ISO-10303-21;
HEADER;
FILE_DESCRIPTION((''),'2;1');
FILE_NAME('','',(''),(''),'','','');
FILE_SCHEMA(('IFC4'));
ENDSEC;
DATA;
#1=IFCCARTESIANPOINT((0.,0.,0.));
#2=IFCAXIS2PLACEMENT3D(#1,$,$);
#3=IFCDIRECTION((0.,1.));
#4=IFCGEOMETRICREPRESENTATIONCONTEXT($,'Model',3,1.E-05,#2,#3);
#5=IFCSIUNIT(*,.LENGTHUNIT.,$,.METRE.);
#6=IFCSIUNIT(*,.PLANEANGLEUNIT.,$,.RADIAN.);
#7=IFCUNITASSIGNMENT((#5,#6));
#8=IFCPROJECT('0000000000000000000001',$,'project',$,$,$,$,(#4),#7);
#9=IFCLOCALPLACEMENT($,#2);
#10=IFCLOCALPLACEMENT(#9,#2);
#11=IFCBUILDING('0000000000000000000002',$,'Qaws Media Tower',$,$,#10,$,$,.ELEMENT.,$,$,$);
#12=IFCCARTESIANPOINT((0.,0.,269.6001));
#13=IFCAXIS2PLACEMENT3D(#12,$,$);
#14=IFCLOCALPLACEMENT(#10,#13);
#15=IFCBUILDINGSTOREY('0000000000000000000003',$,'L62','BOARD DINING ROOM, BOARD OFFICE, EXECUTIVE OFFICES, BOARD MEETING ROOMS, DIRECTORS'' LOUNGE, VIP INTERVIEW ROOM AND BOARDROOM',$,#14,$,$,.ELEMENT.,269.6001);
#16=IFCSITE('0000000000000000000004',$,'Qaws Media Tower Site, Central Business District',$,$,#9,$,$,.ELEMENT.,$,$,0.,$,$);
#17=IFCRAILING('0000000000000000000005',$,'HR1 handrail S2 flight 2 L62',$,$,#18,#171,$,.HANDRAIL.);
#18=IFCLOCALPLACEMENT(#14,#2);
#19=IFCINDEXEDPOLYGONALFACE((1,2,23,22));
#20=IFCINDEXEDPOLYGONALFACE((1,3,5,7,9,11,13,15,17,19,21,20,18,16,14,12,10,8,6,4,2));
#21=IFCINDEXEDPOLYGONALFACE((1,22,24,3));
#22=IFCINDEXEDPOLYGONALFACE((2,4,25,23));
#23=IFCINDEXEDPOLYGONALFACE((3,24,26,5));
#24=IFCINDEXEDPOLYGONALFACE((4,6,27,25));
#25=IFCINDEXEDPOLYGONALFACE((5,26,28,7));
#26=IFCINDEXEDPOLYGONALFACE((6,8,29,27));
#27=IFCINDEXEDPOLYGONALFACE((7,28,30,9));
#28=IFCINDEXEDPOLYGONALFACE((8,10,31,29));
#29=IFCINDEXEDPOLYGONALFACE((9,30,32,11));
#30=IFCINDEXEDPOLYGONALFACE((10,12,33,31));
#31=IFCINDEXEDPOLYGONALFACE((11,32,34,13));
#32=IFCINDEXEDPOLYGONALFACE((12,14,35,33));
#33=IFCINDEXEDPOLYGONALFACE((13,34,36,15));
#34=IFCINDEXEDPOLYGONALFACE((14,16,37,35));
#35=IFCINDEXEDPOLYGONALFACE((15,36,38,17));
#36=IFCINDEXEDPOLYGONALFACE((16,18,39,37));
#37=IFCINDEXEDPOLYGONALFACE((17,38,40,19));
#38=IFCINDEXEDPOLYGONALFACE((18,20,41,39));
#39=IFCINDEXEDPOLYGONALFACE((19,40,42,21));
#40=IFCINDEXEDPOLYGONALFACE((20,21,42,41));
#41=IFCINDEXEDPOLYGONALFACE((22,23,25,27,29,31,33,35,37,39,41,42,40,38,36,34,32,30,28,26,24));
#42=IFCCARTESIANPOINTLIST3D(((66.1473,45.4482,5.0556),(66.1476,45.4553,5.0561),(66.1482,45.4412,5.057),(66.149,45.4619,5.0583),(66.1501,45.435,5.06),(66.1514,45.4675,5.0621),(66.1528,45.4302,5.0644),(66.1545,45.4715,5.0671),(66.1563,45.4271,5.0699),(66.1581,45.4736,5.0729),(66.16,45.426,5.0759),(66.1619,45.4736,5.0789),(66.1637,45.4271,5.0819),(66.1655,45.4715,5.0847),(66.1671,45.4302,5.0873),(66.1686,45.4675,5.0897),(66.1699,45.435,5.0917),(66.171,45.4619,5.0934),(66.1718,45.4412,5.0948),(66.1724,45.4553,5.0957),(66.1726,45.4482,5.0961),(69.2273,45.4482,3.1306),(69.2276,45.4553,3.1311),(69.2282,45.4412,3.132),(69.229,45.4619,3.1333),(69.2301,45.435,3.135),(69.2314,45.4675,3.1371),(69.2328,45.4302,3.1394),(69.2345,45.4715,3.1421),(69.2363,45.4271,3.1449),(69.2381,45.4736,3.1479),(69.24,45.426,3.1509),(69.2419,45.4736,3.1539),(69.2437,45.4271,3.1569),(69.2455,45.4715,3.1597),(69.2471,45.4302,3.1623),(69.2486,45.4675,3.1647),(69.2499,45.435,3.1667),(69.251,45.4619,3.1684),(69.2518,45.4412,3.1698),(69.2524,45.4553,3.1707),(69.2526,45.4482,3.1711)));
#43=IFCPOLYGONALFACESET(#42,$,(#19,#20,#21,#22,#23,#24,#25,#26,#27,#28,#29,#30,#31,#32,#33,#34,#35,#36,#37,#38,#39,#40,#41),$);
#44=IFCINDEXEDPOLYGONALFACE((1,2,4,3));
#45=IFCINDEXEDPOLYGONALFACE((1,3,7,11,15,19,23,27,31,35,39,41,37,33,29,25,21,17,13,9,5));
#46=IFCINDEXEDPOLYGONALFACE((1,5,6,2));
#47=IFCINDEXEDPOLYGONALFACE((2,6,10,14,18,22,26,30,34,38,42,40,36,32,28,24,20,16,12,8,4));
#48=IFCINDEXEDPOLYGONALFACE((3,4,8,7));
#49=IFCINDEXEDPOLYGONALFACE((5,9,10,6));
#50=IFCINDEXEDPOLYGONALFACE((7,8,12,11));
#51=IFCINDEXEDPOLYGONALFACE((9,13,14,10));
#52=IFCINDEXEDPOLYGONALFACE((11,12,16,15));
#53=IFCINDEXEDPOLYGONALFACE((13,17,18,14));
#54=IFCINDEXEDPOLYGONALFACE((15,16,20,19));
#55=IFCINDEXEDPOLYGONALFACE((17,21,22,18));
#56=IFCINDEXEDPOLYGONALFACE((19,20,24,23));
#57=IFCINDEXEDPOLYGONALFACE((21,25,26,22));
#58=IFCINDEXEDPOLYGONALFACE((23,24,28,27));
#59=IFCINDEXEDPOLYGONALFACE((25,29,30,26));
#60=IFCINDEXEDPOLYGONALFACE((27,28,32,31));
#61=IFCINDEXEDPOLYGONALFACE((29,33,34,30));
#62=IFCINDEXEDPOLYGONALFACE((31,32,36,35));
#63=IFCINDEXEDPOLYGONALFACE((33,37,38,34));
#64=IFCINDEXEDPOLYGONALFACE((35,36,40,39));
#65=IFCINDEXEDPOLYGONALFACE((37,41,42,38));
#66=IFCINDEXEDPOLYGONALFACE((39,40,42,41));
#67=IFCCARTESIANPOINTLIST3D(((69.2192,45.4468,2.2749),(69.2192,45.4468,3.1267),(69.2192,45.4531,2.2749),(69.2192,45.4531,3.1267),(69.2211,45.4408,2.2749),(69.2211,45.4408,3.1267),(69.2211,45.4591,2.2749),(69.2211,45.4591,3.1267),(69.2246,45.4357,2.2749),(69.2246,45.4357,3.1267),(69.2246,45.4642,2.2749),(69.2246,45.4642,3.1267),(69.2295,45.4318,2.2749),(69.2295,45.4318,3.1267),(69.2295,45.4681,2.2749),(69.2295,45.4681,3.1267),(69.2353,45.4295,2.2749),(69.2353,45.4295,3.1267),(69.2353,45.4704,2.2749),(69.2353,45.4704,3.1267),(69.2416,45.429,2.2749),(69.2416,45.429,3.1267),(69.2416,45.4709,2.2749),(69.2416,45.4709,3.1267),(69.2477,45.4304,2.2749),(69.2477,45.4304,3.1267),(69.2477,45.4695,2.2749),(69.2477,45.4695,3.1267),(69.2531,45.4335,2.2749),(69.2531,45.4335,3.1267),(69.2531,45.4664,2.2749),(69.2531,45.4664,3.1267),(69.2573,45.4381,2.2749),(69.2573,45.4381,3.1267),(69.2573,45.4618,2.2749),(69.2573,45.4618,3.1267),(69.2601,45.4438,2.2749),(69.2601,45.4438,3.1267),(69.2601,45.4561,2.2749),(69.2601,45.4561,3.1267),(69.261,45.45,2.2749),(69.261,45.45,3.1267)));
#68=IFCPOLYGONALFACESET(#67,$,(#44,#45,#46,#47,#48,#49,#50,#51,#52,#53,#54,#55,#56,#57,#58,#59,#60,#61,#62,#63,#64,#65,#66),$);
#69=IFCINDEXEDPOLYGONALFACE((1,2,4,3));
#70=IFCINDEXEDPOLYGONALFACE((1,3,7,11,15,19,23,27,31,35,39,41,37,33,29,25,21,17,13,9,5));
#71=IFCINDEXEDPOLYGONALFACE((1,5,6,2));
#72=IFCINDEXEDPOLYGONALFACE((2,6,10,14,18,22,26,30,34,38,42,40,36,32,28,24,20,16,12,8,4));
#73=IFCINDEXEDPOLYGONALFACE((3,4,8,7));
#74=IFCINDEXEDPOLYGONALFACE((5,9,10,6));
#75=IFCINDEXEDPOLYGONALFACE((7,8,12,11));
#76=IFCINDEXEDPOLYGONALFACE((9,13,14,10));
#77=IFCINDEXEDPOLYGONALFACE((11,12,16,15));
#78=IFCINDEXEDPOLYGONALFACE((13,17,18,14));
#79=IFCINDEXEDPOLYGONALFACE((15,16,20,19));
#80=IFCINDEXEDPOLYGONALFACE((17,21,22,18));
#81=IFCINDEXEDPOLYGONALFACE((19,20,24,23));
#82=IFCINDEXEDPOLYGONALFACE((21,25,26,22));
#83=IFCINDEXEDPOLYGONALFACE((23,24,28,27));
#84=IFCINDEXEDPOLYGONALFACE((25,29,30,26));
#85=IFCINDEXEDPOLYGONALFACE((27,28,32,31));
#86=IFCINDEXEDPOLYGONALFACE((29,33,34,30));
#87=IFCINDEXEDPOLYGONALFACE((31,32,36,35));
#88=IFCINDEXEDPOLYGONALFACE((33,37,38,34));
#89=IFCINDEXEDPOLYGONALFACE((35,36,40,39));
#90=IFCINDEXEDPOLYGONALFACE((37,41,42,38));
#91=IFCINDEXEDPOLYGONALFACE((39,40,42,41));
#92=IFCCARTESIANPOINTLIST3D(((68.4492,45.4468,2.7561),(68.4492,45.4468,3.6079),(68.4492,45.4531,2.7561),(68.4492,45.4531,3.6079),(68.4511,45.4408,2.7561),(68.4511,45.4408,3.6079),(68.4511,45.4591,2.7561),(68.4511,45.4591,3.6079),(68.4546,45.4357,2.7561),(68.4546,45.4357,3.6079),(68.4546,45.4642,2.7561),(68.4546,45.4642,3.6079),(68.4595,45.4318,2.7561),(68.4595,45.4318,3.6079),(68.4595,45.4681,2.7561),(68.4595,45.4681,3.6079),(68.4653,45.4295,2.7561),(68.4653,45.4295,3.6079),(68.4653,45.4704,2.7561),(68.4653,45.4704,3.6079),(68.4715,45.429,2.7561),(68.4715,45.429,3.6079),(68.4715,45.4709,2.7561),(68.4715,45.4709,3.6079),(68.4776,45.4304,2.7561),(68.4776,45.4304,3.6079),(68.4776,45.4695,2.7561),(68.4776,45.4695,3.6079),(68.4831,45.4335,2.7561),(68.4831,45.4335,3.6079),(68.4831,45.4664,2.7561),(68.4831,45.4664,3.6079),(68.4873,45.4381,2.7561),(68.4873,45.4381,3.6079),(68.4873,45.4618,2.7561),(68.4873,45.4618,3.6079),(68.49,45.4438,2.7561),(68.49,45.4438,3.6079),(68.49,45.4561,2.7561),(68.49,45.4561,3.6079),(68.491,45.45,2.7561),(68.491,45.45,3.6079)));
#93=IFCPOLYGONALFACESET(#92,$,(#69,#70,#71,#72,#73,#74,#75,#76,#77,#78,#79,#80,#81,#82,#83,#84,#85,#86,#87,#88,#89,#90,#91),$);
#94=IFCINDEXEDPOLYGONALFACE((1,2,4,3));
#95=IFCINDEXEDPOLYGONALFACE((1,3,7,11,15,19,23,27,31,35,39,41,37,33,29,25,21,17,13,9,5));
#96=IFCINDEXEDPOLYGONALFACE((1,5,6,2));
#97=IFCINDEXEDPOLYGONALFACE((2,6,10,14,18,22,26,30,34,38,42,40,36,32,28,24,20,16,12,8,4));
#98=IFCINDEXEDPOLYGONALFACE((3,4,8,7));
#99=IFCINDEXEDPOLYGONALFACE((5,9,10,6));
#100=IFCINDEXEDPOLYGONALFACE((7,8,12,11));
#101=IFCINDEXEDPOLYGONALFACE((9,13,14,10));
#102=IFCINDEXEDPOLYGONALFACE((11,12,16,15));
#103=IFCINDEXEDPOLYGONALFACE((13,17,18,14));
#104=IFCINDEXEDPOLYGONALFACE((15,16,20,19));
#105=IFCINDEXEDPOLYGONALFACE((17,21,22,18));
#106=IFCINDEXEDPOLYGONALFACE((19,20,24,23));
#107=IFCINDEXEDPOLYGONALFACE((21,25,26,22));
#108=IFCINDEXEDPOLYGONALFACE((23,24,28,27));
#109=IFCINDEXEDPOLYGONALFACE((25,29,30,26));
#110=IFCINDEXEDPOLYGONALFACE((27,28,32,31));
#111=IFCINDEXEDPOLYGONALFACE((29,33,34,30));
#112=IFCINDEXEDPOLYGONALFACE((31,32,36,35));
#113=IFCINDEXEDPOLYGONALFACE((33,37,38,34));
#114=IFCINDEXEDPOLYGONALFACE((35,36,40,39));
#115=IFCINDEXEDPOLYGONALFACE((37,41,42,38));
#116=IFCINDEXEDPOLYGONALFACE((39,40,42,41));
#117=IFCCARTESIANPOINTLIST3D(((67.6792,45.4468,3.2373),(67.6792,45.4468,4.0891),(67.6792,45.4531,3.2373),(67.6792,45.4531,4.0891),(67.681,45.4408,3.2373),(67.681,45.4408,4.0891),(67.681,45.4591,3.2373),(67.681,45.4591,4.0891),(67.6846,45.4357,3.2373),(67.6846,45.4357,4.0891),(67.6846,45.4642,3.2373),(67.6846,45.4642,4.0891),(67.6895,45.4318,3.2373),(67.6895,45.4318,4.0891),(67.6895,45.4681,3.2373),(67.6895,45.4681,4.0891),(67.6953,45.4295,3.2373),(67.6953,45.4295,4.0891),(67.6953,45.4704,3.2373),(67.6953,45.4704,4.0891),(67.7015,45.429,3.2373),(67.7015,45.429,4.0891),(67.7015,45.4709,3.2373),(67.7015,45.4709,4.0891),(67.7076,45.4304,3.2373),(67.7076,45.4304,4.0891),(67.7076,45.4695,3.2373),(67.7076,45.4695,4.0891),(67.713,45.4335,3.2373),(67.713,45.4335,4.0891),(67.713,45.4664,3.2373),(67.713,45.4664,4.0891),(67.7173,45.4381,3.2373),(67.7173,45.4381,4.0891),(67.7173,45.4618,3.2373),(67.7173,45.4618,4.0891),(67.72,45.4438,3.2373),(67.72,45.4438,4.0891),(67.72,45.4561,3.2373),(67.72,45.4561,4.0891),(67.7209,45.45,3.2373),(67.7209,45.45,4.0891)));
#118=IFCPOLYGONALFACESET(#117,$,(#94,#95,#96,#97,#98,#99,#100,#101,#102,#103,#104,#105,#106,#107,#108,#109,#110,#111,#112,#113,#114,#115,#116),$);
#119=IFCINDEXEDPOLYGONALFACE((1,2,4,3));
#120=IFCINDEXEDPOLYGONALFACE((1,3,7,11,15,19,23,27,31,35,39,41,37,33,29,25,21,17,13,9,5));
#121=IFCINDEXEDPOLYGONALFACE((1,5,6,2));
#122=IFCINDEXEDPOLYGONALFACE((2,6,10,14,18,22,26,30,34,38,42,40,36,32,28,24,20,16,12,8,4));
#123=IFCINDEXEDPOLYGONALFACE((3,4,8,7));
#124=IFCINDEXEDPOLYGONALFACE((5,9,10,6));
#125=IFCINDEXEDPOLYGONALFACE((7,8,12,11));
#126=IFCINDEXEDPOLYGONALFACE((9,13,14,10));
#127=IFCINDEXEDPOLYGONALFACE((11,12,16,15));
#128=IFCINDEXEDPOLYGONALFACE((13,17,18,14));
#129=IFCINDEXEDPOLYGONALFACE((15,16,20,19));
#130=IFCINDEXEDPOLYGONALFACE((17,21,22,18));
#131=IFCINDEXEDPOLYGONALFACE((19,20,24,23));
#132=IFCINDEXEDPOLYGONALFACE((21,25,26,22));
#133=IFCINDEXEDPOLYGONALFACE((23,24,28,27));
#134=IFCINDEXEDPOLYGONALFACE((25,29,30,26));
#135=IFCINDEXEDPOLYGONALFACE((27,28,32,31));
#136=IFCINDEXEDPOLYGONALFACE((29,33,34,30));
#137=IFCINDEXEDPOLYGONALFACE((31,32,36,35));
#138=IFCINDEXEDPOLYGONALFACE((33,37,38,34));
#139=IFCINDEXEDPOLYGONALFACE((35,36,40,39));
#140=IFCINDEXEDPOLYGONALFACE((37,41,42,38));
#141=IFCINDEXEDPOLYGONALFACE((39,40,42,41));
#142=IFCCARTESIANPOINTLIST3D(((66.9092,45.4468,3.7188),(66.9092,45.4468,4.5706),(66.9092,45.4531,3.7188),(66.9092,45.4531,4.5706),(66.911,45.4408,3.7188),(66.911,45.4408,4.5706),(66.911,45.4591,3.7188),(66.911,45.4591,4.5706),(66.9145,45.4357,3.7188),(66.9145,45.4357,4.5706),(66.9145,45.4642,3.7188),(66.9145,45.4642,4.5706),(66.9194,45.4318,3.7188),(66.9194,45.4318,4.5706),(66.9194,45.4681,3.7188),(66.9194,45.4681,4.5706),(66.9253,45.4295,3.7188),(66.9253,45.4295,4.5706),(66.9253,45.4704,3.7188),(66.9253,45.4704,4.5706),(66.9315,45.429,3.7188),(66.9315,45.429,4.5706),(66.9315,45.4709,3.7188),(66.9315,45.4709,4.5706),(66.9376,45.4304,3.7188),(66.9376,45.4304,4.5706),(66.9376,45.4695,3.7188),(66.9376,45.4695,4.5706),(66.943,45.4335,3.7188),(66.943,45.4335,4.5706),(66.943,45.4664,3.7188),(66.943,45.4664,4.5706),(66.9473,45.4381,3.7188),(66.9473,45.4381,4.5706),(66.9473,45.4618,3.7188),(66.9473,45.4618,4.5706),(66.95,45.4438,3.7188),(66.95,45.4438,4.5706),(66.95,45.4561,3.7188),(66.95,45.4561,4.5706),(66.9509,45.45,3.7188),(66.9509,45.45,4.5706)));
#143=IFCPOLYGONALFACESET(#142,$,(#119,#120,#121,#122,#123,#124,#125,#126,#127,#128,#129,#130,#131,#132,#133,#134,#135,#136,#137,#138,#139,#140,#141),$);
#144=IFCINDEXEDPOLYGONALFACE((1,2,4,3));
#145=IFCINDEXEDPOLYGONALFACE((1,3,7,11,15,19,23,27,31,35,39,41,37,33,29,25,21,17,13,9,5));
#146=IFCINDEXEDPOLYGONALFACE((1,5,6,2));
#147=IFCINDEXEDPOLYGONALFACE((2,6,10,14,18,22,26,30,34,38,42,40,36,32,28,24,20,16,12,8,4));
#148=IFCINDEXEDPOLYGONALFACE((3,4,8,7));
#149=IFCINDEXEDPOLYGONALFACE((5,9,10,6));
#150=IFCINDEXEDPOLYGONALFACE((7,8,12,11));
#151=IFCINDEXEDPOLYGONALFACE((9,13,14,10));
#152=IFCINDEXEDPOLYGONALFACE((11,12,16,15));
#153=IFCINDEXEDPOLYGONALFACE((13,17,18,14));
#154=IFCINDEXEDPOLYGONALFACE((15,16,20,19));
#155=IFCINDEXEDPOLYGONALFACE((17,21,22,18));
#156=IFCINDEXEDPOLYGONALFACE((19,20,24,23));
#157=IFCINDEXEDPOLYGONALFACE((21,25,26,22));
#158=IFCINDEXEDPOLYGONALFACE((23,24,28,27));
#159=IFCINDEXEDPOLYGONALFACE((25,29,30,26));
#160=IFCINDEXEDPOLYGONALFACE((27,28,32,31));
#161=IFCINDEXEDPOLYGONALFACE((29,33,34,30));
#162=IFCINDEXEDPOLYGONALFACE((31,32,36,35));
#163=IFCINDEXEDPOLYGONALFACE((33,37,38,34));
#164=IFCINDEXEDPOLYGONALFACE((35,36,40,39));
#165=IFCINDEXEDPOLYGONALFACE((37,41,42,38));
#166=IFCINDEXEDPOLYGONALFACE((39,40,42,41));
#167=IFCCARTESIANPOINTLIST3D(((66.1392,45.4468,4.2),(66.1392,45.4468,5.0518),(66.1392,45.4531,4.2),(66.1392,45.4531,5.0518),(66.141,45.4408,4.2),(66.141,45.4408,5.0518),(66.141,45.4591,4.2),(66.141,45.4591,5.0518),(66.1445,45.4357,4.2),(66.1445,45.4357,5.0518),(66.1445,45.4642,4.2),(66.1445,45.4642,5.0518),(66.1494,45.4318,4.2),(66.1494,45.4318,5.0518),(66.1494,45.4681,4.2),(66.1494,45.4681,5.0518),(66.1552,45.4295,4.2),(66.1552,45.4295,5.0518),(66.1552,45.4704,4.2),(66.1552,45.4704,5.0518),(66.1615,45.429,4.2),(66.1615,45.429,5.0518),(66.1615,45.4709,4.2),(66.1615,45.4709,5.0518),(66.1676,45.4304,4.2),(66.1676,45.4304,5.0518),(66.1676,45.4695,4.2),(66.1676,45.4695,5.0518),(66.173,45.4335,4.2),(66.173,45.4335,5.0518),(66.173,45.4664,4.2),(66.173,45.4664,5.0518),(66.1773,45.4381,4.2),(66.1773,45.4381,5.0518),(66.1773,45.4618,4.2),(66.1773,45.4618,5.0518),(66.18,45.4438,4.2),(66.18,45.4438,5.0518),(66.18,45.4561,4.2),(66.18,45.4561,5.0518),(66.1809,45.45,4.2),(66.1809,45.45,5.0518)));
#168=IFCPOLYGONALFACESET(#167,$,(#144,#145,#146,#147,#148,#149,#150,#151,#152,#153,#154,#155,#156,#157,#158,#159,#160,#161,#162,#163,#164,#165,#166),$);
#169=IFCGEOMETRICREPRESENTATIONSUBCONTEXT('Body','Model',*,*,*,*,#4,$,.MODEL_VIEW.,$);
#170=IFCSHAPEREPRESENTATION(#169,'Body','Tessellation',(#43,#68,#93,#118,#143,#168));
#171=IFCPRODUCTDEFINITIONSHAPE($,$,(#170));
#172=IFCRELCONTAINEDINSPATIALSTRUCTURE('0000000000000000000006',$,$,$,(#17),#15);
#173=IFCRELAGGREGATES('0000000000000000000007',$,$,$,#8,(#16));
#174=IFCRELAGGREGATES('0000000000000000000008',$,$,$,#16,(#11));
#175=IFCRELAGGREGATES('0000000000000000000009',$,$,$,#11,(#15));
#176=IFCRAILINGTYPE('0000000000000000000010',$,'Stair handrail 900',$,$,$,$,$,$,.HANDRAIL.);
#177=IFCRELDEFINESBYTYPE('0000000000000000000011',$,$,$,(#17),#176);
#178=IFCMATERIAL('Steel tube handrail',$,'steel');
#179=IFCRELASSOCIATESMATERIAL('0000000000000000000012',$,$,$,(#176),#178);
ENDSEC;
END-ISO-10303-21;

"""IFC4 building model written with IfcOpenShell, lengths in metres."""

from ifc_helpers import new_model, si_unit, direction, frame, origin, origin_2d, place, context, subcontext, project, spatial, circle, extrude, material, type_object, element, save


model = new_model("IFC4")

# Units and contexts
model_context = context("Model", 3, precision=1e-05, world=origin(), true_north=direction((0.0, 1.0)))
body_context = subcontext(model_context, "Body", "Model", "MODEL_VIEW")
ifc_project = project(units=[si_unit("LENGTHUNIT", "METRE"), si_unit("PLANEANGLEUNIT", "RADIAN")], contexts=[model_context])

# Site, building, storey
site_placement = place(None, origin())
site = spatial("IfcSite", under=ifc_project, at=site_placement, Name="Qaws Media Tower Site, Central Business District", CompositionType="ELEMENT", RefElevation=0.0)
building_placement = place(site_placement, origin())
building = spatial("IfcBuilding", under=site, at=building_placement, Name="Qaws Media Tower", CompositionType="ELEMENT")
storey_placement = place(building_placement, frame((0.0, 0.0, 269.6001)))
storey = spatial("IfcBuildingStorey", under=building, at=storey_placement, Name="L62", Description="BOARD DINING ROOM, BOARD OFFICE, EXECUTIVE OFFICES, BOARD MEETING ROOMS, DIRECTORS' LOUNGE, VIP INTERVIEW ROOM AND BOARDROOM", CompositionType="ELEMENT", Elevation=269.6001)

# Railing
ifc_material_1 = material(Name="Steel tube handrail", Category="steel")
railing_type = type_object("IfcRailingType", Name="Stair handrail 900", PredefinedType="HANDRAIL", material=ifc_material_1)
for number, where, name in (
    (1, (69.24, 45.45, 2.2749), "HR1 handrail S2 flight 2 L62"),
):
    element("IfcRailing", number, at=place(storey_placement, frame(where)), inside=storey, type_object=railing_type, Name=name, PredefinedType="HANDRAIL", context=body_context, shape_type="SweptSolid", body=[
        extrude(circle(Radius=0.0239, at=origin_2d()), frame((0.0, 0.0, 0.876), z_axis=(-0.847998, 0.0, 0.529999), x_axis=(0.0, -1.0, 0.0)), (0.0, 0.0, 1.0), 3.6321),
        extrude(circle(Radius=0.021, at=origin_2d()), origin(), (0.0, 0.0, 1.0), 0.8518),
        extrude(circle(Radius=0.021, at=origin_2d()), frame((-0.77, 0.0, 0.4812)), (0.0, 0.0, 1.0), 0.8518),
        extrude(circle(Radius=0.021, at=origin_2d()), frame((-1.54, 0.0, 0.9624)), (0.0, 0.0, 1.0), 0.8518),
        extrude(circle(Radius=0.021, at=origin_2d()), frame((-2.3101, 0.0, 1.4438)), (0.0, 0.0, 1.0), 0.8518),
        extrude(circle(Radius=0.021, at=origin_2d()), frame((-3.0801, 0.0, 1.925)), (0.0, 0.0, 1.0), 0.8518),
    ])

save(model, "model.ifc")
